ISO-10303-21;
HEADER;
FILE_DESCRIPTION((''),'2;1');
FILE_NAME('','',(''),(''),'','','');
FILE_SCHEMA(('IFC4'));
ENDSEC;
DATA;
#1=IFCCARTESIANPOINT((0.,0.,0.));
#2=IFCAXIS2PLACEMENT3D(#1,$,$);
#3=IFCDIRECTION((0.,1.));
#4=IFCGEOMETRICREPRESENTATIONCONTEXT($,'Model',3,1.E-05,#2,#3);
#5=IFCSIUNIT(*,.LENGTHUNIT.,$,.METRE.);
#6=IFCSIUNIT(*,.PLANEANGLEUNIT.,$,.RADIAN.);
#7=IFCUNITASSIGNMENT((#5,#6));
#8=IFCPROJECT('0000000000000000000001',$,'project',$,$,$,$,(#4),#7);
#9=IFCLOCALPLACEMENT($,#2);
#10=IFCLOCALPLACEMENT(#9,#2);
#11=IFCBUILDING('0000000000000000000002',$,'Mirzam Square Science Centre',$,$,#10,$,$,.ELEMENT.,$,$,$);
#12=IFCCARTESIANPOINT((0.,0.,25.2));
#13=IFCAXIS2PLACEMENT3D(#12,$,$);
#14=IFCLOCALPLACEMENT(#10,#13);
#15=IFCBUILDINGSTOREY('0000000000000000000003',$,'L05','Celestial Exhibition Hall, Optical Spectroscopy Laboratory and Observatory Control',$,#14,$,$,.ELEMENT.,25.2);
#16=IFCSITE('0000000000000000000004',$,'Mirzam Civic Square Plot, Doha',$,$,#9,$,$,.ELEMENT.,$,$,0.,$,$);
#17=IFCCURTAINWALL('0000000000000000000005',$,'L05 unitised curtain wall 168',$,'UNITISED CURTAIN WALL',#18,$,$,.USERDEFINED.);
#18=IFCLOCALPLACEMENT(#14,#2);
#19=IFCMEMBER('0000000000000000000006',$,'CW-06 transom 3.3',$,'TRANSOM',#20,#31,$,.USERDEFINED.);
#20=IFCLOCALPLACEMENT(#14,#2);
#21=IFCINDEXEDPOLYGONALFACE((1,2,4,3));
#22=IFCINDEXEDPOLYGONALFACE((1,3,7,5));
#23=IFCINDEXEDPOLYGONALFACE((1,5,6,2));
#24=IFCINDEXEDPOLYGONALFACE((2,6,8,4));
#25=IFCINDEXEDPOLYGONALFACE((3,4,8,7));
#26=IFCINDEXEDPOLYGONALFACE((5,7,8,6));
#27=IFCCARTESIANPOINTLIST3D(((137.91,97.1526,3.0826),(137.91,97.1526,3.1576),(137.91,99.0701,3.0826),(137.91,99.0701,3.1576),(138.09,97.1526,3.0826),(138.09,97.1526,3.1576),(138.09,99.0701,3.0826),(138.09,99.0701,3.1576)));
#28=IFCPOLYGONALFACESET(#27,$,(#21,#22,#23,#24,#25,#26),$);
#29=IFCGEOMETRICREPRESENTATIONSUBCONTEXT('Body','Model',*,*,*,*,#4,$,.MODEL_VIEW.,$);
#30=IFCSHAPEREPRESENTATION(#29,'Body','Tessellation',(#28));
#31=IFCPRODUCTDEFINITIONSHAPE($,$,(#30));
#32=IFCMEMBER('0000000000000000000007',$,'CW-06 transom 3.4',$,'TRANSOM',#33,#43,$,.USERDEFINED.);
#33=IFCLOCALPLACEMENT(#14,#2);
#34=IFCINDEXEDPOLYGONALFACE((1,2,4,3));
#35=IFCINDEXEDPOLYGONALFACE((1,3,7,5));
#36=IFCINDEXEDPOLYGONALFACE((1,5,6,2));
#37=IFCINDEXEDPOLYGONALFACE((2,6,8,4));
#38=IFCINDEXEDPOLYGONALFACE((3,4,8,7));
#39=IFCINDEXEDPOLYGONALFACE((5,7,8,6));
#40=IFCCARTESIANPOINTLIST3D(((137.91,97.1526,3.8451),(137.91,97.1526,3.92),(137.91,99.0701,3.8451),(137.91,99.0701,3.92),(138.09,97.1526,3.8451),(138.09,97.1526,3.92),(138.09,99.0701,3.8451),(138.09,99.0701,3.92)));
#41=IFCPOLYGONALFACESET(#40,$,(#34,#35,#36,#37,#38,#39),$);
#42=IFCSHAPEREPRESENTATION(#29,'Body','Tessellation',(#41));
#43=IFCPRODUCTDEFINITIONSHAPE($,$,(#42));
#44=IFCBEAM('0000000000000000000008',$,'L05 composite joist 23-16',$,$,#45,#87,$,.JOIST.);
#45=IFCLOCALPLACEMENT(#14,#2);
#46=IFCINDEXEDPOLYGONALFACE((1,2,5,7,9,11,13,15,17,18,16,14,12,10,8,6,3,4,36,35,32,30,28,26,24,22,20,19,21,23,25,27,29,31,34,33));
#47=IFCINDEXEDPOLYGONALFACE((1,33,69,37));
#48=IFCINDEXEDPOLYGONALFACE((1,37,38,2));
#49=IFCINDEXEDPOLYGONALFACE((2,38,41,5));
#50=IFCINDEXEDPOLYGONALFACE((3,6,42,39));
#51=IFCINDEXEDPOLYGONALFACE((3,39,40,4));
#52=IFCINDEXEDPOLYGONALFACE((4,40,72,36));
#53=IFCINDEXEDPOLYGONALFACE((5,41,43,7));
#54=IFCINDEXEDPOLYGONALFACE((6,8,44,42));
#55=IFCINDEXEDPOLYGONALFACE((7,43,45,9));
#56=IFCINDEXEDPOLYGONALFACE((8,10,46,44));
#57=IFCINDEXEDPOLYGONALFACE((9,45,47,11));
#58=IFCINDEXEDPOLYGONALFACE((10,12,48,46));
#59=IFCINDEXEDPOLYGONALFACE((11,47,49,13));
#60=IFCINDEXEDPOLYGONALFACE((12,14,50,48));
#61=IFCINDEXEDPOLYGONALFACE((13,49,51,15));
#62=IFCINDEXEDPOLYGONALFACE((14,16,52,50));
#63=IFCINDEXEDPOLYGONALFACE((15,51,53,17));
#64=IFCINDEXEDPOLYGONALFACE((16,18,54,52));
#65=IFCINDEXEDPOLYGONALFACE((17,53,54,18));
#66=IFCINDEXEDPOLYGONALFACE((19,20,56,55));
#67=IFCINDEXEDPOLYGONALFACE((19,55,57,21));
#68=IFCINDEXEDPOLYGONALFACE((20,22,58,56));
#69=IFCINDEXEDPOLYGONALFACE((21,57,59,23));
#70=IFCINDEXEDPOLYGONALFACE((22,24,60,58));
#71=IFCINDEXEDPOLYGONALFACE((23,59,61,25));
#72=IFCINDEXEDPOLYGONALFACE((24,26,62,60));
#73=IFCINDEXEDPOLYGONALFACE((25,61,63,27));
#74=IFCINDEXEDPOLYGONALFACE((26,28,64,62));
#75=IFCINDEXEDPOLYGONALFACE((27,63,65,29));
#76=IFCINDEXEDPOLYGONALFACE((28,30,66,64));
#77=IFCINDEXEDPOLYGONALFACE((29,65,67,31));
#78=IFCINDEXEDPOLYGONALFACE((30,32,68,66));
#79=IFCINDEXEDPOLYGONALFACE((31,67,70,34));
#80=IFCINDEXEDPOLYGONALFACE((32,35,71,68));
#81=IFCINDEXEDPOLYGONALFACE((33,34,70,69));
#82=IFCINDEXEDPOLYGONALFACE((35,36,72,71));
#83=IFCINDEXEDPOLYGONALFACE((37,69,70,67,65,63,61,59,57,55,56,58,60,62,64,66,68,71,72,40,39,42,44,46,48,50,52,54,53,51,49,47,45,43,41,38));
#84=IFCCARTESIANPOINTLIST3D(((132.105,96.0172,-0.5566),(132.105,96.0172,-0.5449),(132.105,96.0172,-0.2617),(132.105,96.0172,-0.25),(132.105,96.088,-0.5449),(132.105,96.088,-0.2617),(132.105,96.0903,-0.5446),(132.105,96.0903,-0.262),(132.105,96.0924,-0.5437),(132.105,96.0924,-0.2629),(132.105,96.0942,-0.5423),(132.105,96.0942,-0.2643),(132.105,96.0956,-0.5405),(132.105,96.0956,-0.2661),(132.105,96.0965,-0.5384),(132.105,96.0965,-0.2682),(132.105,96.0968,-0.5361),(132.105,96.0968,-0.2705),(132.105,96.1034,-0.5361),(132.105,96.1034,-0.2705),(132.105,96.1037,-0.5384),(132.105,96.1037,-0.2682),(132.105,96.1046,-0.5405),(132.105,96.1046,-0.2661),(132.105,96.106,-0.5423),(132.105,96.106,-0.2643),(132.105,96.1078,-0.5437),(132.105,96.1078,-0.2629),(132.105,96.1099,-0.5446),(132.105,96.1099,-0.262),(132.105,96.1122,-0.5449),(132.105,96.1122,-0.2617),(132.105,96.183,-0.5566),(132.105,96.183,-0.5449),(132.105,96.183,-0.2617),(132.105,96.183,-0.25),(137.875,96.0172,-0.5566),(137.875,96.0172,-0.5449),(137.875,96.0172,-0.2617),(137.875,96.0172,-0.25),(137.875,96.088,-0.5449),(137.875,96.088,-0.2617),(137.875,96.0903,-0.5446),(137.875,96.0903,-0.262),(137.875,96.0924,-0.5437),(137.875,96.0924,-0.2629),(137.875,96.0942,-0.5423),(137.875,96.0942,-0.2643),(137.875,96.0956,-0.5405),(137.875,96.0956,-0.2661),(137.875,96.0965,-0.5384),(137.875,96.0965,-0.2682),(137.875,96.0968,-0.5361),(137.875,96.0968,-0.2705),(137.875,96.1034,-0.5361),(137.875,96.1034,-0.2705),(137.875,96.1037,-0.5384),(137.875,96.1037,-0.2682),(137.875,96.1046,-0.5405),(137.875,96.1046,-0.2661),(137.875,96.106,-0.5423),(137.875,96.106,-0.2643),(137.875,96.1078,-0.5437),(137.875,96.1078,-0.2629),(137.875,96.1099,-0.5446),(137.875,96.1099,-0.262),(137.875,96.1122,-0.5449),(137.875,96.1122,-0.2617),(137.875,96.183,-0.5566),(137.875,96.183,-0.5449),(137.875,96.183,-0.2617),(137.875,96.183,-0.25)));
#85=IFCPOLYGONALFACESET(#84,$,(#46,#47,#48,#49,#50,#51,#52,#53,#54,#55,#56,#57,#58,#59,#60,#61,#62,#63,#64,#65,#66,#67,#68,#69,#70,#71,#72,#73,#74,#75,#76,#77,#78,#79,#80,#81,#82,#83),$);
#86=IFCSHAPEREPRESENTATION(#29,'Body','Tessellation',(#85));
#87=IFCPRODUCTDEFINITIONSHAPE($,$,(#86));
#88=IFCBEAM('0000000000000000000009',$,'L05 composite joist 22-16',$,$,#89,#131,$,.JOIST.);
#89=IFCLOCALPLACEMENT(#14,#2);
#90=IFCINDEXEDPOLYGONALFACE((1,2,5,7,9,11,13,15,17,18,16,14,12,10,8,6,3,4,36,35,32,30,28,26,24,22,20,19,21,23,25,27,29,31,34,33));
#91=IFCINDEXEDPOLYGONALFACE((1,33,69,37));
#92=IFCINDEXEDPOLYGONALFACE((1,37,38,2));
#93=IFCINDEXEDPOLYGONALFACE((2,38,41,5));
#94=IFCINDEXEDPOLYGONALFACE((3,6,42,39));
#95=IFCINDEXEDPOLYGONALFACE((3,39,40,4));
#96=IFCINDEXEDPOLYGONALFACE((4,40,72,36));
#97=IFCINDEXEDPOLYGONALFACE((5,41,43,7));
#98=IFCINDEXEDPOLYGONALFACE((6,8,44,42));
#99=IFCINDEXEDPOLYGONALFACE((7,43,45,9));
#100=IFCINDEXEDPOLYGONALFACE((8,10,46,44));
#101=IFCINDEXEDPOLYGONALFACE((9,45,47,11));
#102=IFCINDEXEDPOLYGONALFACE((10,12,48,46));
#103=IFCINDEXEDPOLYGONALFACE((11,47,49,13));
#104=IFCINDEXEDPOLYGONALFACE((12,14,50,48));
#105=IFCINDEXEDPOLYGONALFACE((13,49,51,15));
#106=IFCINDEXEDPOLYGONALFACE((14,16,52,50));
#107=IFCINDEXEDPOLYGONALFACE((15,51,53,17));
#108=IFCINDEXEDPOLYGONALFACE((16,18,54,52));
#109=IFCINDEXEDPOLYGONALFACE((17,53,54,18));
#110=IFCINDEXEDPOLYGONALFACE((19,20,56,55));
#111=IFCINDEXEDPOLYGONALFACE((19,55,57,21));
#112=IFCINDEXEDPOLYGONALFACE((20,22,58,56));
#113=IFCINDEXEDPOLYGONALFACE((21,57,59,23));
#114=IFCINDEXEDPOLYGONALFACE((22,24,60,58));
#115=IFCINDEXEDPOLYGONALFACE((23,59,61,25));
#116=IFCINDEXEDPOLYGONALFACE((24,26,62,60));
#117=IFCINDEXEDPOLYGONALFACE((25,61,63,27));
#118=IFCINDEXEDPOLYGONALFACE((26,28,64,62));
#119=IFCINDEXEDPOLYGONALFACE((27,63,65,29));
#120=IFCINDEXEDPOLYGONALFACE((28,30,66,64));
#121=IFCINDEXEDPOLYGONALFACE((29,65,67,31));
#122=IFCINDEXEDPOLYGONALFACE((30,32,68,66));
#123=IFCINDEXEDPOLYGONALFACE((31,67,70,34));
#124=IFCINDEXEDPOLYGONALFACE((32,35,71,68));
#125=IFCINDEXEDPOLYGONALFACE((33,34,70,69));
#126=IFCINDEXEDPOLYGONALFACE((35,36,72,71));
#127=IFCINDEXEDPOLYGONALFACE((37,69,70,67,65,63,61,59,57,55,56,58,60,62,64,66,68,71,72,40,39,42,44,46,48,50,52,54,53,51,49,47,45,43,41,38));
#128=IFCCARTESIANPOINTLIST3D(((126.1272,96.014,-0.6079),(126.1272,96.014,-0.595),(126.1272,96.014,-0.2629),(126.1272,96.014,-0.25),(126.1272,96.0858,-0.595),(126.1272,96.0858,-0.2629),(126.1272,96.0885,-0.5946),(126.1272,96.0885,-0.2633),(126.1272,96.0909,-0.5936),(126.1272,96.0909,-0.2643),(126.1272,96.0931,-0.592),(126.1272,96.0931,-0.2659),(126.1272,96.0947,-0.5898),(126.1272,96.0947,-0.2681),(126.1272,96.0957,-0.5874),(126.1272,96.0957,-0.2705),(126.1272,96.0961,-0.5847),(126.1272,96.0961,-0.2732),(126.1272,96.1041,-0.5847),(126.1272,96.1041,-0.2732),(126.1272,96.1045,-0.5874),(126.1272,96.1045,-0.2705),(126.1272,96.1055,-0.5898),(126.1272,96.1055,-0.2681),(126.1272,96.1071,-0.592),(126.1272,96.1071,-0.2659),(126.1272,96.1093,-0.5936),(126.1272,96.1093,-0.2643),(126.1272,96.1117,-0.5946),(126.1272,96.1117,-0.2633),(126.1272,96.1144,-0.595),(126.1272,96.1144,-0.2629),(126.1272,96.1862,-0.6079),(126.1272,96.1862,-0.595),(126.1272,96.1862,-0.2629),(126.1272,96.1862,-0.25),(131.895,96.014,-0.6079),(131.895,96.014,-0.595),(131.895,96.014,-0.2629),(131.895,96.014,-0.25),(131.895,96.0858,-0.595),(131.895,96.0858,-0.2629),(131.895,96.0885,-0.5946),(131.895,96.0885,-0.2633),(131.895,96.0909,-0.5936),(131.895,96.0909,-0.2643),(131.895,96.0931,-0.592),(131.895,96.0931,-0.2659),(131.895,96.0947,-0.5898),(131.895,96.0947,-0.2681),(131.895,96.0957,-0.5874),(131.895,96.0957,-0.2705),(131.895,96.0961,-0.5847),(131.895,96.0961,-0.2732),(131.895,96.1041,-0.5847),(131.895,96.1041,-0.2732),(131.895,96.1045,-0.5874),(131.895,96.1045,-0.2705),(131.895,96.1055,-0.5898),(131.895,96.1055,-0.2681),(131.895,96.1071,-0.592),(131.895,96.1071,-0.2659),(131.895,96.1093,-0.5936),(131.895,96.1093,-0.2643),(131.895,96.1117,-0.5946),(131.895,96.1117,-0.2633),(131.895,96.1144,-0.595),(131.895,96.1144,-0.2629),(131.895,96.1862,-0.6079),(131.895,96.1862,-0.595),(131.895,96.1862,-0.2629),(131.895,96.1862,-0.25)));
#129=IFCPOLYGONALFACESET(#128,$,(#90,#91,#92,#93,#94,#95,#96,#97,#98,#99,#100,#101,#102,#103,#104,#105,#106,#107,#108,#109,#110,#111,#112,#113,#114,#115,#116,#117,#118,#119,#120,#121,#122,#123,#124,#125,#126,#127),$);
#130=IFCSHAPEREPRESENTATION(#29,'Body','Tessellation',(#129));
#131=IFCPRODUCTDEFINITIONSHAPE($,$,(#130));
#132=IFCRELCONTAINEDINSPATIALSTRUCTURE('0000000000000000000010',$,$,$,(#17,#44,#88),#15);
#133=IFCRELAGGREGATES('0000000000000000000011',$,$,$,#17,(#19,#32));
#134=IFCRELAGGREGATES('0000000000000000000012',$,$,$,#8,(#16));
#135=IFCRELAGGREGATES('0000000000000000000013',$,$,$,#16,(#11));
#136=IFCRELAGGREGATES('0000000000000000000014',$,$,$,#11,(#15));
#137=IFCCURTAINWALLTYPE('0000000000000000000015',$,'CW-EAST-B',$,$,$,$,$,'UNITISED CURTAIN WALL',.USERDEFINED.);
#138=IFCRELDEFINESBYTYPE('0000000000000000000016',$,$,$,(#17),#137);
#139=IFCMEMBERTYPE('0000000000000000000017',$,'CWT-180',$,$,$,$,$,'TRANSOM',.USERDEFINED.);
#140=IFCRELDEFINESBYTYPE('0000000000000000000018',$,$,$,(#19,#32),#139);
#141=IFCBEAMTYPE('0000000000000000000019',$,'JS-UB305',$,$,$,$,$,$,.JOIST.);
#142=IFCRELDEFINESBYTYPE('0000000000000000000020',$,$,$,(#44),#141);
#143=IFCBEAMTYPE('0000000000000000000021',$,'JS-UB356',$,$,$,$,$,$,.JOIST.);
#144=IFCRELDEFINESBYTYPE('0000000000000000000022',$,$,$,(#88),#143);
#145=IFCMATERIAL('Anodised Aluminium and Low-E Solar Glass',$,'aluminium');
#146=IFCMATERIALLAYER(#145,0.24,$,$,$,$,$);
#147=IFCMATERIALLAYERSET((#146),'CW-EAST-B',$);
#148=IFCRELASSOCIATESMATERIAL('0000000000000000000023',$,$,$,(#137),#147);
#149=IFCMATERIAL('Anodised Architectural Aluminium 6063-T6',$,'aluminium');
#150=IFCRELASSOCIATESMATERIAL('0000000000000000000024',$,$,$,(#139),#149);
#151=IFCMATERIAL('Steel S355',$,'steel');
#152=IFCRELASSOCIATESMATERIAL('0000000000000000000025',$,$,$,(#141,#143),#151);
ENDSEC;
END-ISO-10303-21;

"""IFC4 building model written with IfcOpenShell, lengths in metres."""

from ifc_helpers import new_model, si_unit, direction, frame, origin, origin_2d, place, context, subcontext, project, spatial, rectangle, i_section, extrude, material, layer, layer_set, material_profile, profile_set, type_object, element, aggregate, save


model = new_model("IFC4")

# Units and contexts
model_context = context("Model", 3, precision=1e-05, world=origin(), true_north=direction((0.0, 1.0)))
body_context = subcontext(model_context, "Body", "Model", "MODEL_VIEW")
ifc_project = project(units=[si_unit("LENGTHUNIT", "METRE"), si_unit("PLANEANGLEUNIT", "RADIAN")], contexts=[model_context])

# Site, building, storey
site_placement = place(None, origin())
site = spatial("IfcSite", under=ifc_project, at=site_placement, Name="Mirzam Civic Square Plot, Doha", CompositionType="ELEMENT", RefElevation=0.0)
building_placement = place(site_placement, origin())
building = spatial("IfcBuilding", under=site, at=building_placement, Name="Mirzam Square Science Centre", CompositionType="ELEMENT")
storey_placement = place(building_placement, frame((0.0, 0.0, 25.2)))
storey = spatial("IfcBuildingStorey", under=building, at=storey_placement, Name="L05", Description="Celestial Exhibition Hall, Optical Spectroscopy Laboratory and Observatory Control", CompositionType="ELEMENT", Elevation=25.2)

# Shared definitions
ifc_material_1 = material(Name="Steel S355", Category="steel")

# Curtain wall, members
ifc_material_2 = material(Name="Anodised Aluminium and Low-E Solar Glass", Category="aluminium")
ifc_layer_1 = layer(ifc_material_2, 0.24)
ifc_layer_set_1 = layer_set([ifc_layer_1], Name="CW-EAST-B")
curtain_wall_type = type_object("IfcCurtainWallType", Name="CW-EAST-B", ElementType="UNITISED CURTAIN WALL", PredefinedType="USERDEFINED", material=ifc_layer_set_1)
curtain_wall_placement = place(storey_placement, origin())
curtain_wall = element("IfcCurtainWall", 1, at=curtain_wall_placement, inside=storey, type_object=curtain_wall_type, Name="L05 unitised curtain wall 168", ObjectType="UNITISED CURTAIN WALL", PredefinedType="USERDEFINED")
ifc_material_3 = material(Name="Anodised Architectural Aluminium 6063-T6", Category="aluminium")
ifc_material_profile_1 = material_profile(ifc_material_3, rectangle(XDim=0.1799, YDim=0.075, at=origin_2d()), Name="ALU-TRAN-180x75x5")
ifc_profile_set_1 = profile_set([ifc_material_profile_1], Name="Anodised Architectural Aluminium 6063-T6")
member_type_1 = type_object("IfcMemberType", Name="CWT-180", ElementType="TRANSOM", PredefinedType="USERDEFINED", material=ifc_profile_set_1)
member_1_placement = place(storey_placement, frame((138.0, 97.1526, 3.1201), z_axis=(0.0, 1.0, 0.0), x_axis=(-1.0, 0.0, 0.0)))
member_1 = element("IfcMember", 2, at=member_1_placement, type_object=member_type_1, Name="CW-06 transom 3.3", ObjectType="TRANSOM", PredefinedType="USERDEFINED", context=body_context, shape_type="SweptSolid", body=[
    extrude(rectangle(XDim=0.1799, YDim=0.075, at=origin_2d()), origin(), (0.0, 0.0, 1.0), 1.9175),
])
member_2_placement = place(storey_placement, frame((138.0, 97.1526, 3.8826), z_axis=(0.0, 1.0, 0.0), x_axis=(-1.0, 0.0, 0.0)))
member_2 = element("IfcMember", 3, at=member_2_placement, type_object=member_type_1, Name="CW-06 transom 3.4", ObjectType="TRANSOM", PredefinedType="USERDEFINED", context=body_context, shape_type="SweptSolid", body=[
    extrude(rectangle(XDim=0.1799, YDim=0.075, at=origin_2d()), origin(), (0.0, 0.0, 1.0), 1.9175),
])

# Beams
ifc_material_profile_2 = material_profile(ifc_material_1, i_section(OverallWidth=0.1658, OverallDepth=0.3066, WebThickness=0.0066, FlangeThickness=0.0117, FilletRadius=0.0088, at=origin_2d()), Name="305x165x46UB")
ifc_profile_set_2 = profile_set([ifc_material_profile_2], Name="Steel S355")
beam_type_1 = type_object("IfcBeamType", Name="JS-UB305", PredefinedType="JOIST", material=ifc_profile_set_2)
beam_1_placement = place(storey_placement, frame((132.105, 96.1001, -0.4033), z_axis=(1.0, 0.0, 0.0), x_axis=(0.0, 1.0, 0.0)))
element("IfcBeam", 4, at=beam_1_placement, inside=storey, type_object=beam_type_1, Name="L05 composite joist 23-16", PredefinedType="JOIST", context=body_context, shape_type="SweptSolid", body=[
    extrude(i_section(OverallWidth=0.1658, OverallDepth=0.3066, WebThickness=0.0066, FlangeThickness=0.0117, FilletRadius=0.0088, at=origin_2d()), origin(), (0.0, 0.0, 1.0), 5.77),
])
ifc_material_profile_3 = material_profile(ifc_material_1, i_section(OverallWidth=0.1721, OverallDepth=0.3579, WebThickness=0.0081, FlangeThickness=0.0129, FilletRadius=0.0103, at=origin_2d()), Name="356x171x57UB")
ifc_profile_set_3 = profile_set([ifc_material_profile_3], Name="Steel S355")
beam_type_2 = type_object("IfcBeamType", Name="JS-UB356", PredefinedType="JOIST", material=ifc_profile_set_3)
beam_2_placement = place(storey_placement, frame((126.1272, 96.1001, -0.429), z_axis=(1.0, 0.0, 0.0), x_axis=(0.0, 1.0, 0.0)))
element("IfcBeam", 5, at=beam_2_placement, inside=storey, type_object=beam_type_2, Name="L05 composite joist 22-16", PredefinedType="JOIST", context=body_context, shape_type="SweptSolid", body=[
    extrude(i_section(OverallWidth=0.1721, OverallDepth=0.3579, WebThickness=0.0081, FlangeThickness=0.0129, FilletRadius=0.0103, at=origin_2d()), origin(), (0.0, 0.0, 1.0), 5.7678),
])

aggregate(curtain_wall, [member_1, member_2])

save(model, "model.ifc")
